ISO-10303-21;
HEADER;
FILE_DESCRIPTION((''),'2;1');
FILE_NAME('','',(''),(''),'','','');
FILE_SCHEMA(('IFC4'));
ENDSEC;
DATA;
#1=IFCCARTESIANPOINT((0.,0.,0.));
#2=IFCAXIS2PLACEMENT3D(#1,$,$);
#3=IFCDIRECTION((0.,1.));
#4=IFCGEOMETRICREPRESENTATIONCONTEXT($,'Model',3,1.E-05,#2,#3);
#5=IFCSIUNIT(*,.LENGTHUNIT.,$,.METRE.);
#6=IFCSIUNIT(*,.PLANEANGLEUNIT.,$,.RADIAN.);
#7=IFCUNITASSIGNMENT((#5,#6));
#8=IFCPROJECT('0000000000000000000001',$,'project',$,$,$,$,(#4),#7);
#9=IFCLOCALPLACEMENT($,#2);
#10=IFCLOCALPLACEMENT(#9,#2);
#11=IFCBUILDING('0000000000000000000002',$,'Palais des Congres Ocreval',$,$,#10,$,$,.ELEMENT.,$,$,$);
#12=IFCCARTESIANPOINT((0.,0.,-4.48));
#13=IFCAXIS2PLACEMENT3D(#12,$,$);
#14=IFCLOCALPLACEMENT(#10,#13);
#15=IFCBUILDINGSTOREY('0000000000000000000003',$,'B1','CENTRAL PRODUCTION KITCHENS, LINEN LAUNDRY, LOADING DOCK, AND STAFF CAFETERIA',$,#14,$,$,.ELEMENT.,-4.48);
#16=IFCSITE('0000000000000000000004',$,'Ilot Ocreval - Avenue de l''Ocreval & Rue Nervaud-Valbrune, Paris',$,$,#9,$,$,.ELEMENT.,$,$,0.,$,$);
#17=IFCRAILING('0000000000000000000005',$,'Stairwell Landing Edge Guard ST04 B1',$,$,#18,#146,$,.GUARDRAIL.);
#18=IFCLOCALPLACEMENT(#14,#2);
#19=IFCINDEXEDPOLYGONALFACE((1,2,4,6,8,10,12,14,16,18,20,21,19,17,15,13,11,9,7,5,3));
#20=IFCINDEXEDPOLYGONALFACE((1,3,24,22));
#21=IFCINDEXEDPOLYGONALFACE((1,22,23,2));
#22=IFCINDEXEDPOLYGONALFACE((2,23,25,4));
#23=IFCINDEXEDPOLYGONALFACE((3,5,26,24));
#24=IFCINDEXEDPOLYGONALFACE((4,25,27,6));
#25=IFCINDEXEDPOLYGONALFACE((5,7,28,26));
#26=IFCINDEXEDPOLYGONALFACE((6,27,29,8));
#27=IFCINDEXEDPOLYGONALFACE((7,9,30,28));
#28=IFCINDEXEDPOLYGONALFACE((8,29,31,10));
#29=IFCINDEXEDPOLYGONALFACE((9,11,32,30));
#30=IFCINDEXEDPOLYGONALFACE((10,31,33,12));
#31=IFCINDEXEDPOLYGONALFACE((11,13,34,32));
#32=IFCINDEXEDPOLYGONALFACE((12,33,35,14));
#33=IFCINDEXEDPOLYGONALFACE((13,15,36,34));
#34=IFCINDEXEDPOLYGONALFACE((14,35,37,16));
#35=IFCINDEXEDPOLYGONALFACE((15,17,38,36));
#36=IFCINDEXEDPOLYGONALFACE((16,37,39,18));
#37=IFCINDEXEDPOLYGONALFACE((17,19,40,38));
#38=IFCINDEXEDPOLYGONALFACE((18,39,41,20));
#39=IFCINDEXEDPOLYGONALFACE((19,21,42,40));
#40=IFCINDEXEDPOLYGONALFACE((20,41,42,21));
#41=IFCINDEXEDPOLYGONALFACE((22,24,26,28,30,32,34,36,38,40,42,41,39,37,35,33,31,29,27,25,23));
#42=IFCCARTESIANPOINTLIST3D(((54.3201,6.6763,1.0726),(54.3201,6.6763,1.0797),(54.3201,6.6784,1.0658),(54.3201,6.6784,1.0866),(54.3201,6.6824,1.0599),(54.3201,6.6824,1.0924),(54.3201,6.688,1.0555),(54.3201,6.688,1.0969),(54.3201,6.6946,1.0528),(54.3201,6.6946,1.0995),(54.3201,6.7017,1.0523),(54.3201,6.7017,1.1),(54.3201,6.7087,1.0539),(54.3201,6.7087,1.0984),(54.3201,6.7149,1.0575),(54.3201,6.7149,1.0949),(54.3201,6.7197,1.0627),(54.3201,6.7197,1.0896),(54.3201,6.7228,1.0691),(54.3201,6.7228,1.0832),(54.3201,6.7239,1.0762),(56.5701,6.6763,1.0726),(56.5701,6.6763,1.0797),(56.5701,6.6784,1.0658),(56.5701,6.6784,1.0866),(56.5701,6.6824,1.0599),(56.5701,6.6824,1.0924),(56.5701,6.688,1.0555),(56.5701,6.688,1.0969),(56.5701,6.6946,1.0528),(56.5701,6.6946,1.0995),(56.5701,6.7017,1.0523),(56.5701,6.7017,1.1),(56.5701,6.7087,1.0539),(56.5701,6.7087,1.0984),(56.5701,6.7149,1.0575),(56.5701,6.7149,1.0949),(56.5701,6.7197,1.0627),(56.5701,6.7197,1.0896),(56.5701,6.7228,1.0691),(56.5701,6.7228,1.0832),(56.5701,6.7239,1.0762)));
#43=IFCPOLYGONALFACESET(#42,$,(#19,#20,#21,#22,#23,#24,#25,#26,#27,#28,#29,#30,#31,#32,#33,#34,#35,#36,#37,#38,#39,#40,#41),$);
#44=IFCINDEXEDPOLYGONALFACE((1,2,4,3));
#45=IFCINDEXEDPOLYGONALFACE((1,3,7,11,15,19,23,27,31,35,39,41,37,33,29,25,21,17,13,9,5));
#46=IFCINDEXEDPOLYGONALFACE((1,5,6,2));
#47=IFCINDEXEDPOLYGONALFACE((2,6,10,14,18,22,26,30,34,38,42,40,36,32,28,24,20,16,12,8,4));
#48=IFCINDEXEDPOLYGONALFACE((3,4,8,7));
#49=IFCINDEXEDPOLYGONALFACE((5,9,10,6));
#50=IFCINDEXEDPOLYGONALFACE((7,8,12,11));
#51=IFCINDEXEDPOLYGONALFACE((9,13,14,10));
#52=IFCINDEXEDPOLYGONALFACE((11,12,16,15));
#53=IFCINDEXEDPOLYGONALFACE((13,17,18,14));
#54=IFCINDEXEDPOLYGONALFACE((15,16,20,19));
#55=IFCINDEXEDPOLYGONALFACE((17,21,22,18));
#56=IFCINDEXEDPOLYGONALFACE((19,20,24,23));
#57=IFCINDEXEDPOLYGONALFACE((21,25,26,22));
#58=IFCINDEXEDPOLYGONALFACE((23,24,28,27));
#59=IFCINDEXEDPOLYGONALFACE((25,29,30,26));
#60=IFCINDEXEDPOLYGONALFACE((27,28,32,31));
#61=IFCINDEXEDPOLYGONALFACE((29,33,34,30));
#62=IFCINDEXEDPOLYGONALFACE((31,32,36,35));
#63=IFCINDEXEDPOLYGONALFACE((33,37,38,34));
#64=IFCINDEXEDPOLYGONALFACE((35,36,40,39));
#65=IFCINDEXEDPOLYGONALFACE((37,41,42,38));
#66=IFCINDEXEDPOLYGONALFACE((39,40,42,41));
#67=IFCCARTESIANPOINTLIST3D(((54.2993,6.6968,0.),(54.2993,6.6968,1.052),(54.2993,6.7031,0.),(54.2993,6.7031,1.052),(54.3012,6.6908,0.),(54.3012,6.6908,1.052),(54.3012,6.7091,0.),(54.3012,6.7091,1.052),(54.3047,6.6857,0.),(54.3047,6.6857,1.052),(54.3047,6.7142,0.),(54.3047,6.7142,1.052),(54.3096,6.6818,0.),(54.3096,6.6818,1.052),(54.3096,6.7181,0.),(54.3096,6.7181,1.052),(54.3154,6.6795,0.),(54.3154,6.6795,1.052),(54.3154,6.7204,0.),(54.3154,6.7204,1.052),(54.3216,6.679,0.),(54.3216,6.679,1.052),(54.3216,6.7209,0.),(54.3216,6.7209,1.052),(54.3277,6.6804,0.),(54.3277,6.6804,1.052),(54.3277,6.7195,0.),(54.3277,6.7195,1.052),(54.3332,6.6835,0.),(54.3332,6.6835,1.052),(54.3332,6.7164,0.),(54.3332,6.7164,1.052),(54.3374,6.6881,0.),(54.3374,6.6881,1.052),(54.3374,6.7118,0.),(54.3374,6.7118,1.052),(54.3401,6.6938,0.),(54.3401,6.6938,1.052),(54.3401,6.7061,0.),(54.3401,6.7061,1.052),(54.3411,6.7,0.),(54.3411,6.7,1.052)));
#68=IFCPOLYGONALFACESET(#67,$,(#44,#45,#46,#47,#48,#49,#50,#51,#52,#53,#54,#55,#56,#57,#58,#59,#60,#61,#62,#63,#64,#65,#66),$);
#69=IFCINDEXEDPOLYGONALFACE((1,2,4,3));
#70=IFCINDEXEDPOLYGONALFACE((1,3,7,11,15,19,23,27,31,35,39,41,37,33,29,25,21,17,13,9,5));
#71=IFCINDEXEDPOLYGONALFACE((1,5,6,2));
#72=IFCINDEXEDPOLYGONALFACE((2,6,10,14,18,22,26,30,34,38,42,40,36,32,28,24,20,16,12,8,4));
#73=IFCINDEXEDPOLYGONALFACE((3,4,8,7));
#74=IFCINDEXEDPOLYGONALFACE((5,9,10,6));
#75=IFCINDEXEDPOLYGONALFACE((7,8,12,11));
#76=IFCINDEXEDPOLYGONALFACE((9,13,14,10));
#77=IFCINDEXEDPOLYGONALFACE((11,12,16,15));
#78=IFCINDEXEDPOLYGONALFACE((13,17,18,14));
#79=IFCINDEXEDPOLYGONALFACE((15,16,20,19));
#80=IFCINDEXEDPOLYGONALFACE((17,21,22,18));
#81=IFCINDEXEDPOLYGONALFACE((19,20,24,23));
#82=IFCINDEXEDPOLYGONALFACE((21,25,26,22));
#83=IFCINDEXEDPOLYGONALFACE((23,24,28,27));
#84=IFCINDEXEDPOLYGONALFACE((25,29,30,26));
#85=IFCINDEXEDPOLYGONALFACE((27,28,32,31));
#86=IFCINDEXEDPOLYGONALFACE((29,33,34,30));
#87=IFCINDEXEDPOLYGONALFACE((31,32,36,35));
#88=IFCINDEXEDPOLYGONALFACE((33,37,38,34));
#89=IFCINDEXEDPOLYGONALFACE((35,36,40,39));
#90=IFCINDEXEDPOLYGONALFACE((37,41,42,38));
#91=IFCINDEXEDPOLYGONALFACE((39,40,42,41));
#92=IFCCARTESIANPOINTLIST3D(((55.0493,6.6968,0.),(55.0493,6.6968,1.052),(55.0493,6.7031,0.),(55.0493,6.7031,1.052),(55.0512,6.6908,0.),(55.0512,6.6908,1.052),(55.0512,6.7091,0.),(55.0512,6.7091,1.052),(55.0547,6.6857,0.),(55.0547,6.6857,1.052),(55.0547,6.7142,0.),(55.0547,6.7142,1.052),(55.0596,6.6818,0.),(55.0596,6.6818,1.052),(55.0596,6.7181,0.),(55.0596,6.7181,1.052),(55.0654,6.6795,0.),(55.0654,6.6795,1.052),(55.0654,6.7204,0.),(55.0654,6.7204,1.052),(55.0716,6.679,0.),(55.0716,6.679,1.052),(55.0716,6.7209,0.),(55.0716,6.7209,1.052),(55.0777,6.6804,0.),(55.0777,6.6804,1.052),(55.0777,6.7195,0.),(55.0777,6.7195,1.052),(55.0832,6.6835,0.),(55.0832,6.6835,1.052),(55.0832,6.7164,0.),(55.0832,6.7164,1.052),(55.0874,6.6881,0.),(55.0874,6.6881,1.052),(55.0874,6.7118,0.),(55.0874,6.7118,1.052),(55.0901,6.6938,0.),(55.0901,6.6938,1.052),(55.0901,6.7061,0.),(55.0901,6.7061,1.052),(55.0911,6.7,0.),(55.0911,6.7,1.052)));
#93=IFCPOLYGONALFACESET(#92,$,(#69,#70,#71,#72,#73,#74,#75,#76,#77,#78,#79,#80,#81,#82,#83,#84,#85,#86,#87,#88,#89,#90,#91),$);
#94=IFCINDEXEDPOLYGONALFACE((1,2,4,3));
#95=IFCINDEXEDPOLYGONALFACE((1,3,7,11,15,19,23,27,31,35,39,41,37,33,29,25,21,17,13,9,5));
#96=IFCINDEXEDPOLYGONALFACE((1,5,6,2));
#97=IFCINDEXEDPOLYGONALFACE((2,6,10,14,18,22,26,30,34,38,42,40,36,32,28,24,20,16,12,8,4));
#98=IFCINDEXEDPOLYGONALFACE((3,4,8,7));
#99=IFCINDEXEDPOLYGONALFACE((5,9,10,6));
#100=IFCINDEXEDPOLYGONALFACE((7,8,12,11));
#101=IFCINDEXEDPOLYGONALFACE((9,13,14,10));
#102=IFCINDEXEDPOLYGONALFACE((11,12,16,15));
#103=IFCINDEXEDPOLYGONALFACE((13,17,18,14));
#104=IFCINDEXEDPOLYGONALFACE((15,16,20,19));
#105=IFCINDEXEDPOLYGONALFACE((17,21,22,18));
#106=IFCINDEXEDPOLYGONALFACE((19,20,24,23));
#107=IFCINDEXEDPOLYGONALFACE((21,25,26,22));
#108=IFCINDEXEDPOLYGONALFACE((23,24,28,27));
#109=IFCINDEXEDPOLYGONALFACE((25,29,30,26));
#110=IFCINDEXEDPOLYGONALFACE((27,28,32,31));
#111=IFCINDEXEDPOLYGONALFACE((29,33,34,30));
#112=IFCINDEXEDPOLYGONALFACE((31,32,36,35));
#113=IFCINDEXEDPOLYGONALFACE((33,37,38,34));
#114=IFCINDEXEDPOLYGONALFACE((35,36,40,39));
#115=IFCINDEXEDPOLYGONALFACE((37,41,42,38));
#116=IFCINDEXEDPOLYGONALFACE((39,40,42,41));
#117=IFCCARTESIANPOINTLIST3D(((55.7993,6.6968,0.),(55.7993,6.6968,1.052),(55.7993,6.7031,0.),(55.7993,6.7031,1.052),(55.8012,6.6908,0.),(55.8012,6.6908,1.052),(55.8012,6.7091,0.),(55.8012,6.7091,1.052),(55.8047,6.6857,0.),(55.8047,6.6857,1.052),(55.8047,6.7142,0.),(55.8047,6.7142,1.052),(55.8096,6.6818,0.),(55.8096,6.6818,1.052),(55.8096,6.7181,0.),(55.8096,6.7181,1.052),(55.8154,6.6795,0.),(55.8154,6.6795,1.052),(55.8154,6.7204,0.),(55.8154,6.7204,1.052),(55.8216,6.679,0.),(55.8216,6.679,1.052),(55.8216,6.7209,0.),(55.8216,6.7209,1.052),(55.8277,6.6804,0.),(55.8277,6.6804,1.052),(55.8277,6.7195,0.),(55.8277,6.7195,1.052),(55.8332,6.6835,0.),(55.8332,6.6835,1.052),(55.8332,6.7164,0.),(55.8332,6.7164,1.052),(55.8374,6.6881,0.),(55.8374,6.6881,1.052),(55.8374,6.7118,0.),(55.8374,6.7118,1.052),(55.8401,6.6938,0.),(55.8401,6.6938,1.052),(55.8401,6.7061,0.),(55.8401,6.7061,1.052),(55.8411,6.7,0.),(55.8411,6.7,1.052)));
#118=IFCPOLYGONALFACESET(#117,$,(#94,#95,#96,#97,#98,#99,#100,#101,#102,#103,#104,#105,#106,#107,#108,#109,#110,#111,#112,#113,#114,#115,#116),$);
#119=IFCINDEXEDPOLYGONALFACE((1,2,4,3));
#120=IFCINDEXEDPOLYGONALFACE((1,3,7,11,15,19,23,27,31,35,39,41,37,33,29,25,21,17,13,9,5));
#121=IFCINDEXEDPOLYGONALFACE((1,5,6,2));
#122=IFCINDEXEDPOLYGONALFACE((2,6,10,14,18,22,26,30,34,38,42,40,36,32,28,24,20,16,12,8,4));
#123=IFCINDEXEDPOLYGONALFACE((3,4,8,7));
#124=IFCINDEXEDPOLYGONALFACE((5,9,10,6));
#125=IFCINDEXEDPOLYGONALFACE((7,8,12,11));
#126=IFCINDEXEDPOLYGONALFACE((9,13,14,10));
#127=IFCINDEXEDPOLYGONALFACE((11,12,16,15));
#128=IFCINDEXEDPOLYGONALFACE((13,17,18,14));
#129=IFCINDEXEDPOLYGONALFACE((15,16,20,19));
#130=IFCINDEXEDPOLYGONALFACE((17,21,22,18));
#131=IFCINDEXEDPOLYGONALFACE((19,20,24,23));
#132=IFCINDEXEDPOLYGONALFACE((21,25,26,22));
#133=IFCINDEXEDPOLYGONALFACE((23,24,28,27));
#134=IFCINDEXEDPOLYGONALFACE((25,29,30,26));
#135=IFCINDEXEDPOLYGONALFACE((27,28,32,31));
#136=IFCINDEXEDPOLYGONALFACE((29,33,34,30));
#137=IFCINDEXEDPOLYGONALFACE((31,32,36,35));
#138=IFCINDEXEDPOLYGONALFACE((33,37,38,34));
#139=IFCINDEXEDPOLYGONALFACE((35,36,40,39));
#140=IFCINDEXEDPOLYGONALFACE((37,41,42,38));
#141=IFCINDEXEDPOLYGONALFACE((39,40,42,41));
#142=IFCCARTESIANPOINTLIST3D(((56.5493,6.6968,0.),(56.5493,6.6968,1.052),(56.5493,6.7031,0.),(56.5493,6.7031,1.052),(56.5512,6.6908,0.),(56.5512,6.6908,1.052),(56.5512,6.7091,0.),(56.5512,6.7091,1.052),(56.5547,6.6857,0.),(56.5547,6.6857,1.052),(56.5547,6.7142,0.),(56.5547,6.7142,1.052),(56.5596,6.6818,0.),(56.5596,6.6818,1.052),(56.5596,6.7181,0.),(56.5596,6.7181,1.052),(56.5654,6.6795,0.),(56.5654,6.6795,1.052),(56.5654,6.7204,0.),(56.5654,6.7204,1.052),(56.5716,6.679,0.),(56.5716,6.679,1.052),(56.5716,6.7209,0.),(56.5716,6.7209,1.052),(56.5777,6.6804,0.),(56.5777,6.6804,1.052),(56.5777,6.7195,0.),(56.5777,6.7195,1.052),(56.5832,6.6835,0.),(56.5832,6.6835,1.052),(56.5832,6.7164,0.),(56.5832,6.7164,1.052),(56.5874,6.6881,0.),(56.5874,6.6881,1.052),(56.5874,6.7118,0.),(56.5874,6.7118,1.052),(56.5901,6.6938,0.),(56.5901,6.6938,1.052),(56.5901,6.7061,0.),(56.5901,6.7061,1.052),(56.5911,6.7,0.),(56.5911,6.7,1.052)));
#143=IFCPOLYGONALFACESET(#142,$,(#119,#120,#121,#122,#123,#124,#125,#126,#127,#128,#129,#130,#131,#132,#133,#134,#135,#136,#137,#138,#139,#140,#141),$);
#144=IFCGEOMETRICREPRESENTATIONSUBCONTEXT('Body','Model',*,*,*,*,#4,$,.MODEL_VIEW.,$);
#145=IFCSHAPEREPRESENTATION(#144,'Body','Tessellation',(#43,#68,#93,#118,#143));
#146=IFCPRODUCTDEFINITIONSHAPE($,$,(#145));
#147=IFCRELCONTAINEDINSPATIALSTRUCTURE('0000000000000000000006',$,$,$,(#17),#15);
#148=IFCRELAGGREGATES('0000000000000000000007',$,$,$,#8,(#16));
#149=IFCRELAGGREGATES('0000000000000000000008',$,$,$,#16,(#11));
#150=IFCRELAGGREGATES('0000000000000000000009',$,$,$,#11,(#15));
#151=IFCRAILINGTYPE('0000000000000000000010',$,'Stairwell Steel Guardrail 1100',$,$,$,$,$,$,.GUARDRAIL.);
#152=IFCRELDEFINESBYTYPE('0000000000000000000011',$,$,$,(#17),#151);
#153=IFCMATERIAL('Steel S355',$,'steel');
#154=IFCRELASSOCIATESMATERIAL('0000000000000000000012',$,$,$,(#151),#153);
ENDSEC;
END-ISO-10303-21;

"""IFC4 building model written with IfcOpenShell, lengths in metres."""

from ifc_helpers import new_model, si_unit, direction, frame, origin, origin_2d, place, context, subcontext, project, spatial, circle, extrude, material, type_object, element, save


model = new_model("IFC4")

# Units and contexts
model_context = context("Model", 3, precision=1e-05, world=origin(), true_north=direction((0.0, 1.0)))
body_context = subcontext(model_context, "Body", "Model", "MODEL_VIEW")
ifc_project = project(units=[si_unit("LENGTHUNIT", "METRE"), si_unit("PLANEANGLEUNIT", "RADIAN")], contexts=[model_context])

# Site, building, storey
site_placement = place(None, origin())
site = spatial("IfcSite", under=ifc_project, at=site_placement, Name="Ilot Ocreval - Avenue de l'Ocreval & Rue Nervaud-Valbrune, Paris", CompositionType="ELEMENT", RefElevation=0.0)
building_placement = place(site_placement, origin())
building = spatial("IfcBuilding", under=site, at=building_placement, Name="Palais des Congres Ocreval", CompositionType="ELEMENT")
storey_placement = place(building_placement, frame((0.0, 0.0, -4.48)))
storey = spatial("IfcBuildingStorey", under=building, at=storey_placement, Name="B1", Description="CENTRAL PRODUCTION KITCHENS, LINEN LAUNDRY, LOADING DOCK, AND STAFF CAFETERIA", CompositionType="ELEMENT", Elevation=-4.48)

# Shared definitions
ifc_material_1 = material(Name="Steel S355", Category="steel")

# Railing
railing_type_1 = type_object("IfcRailingType", Name="Stairwell Steel Guardrail 1100", PredefinedType="GUARDRAIL", material=ifc_material_1)
railing_1_placement = place(storey_placement, frame((54.3201, 6.7, 0.0)))
element("IfcRailing", 1, at=railing_1_placement, inside=storey, type_object=railing_type_1, Name="Stairwell Landing Edge Guard ST04 B1", PredefinedType="GUARDRAIL", context=body_context, shape_type="SweptSolid", body=[
    extrude(circle(Radius=0.0239, at=origin_2d()), frame((0.0, 0.0, 1.0762), z_axis=(1.0, 0.0, 0.0), x_axis=(0.0, 1.0, 0.0)), (0.0, 0.0, 1.0), 2.25),
    extrude(circle(Radius=0.021, at=origin_2d()), origin(), (0.0, 0.0, 1.0), 1.052),
    extrude(circle(Radius=0.021, at=origin_2d()), frame((0.75, 0.0, 0.0)), (0.0, 0.0, 1.0), 1.052),
    extrude(circle(Radius=0.021, at=origin_2d()), frame((1.5, 0.0, 0.0)), (0.0, 0.0, 1.0), 1.052),
    extrude(circle(Radius=0.021, at=origin_2d()), frame((2.25, 0.0, 0.0)), (0.0, 0.0, 1.0), 1.052),
])

save(model, "model.ifc")
